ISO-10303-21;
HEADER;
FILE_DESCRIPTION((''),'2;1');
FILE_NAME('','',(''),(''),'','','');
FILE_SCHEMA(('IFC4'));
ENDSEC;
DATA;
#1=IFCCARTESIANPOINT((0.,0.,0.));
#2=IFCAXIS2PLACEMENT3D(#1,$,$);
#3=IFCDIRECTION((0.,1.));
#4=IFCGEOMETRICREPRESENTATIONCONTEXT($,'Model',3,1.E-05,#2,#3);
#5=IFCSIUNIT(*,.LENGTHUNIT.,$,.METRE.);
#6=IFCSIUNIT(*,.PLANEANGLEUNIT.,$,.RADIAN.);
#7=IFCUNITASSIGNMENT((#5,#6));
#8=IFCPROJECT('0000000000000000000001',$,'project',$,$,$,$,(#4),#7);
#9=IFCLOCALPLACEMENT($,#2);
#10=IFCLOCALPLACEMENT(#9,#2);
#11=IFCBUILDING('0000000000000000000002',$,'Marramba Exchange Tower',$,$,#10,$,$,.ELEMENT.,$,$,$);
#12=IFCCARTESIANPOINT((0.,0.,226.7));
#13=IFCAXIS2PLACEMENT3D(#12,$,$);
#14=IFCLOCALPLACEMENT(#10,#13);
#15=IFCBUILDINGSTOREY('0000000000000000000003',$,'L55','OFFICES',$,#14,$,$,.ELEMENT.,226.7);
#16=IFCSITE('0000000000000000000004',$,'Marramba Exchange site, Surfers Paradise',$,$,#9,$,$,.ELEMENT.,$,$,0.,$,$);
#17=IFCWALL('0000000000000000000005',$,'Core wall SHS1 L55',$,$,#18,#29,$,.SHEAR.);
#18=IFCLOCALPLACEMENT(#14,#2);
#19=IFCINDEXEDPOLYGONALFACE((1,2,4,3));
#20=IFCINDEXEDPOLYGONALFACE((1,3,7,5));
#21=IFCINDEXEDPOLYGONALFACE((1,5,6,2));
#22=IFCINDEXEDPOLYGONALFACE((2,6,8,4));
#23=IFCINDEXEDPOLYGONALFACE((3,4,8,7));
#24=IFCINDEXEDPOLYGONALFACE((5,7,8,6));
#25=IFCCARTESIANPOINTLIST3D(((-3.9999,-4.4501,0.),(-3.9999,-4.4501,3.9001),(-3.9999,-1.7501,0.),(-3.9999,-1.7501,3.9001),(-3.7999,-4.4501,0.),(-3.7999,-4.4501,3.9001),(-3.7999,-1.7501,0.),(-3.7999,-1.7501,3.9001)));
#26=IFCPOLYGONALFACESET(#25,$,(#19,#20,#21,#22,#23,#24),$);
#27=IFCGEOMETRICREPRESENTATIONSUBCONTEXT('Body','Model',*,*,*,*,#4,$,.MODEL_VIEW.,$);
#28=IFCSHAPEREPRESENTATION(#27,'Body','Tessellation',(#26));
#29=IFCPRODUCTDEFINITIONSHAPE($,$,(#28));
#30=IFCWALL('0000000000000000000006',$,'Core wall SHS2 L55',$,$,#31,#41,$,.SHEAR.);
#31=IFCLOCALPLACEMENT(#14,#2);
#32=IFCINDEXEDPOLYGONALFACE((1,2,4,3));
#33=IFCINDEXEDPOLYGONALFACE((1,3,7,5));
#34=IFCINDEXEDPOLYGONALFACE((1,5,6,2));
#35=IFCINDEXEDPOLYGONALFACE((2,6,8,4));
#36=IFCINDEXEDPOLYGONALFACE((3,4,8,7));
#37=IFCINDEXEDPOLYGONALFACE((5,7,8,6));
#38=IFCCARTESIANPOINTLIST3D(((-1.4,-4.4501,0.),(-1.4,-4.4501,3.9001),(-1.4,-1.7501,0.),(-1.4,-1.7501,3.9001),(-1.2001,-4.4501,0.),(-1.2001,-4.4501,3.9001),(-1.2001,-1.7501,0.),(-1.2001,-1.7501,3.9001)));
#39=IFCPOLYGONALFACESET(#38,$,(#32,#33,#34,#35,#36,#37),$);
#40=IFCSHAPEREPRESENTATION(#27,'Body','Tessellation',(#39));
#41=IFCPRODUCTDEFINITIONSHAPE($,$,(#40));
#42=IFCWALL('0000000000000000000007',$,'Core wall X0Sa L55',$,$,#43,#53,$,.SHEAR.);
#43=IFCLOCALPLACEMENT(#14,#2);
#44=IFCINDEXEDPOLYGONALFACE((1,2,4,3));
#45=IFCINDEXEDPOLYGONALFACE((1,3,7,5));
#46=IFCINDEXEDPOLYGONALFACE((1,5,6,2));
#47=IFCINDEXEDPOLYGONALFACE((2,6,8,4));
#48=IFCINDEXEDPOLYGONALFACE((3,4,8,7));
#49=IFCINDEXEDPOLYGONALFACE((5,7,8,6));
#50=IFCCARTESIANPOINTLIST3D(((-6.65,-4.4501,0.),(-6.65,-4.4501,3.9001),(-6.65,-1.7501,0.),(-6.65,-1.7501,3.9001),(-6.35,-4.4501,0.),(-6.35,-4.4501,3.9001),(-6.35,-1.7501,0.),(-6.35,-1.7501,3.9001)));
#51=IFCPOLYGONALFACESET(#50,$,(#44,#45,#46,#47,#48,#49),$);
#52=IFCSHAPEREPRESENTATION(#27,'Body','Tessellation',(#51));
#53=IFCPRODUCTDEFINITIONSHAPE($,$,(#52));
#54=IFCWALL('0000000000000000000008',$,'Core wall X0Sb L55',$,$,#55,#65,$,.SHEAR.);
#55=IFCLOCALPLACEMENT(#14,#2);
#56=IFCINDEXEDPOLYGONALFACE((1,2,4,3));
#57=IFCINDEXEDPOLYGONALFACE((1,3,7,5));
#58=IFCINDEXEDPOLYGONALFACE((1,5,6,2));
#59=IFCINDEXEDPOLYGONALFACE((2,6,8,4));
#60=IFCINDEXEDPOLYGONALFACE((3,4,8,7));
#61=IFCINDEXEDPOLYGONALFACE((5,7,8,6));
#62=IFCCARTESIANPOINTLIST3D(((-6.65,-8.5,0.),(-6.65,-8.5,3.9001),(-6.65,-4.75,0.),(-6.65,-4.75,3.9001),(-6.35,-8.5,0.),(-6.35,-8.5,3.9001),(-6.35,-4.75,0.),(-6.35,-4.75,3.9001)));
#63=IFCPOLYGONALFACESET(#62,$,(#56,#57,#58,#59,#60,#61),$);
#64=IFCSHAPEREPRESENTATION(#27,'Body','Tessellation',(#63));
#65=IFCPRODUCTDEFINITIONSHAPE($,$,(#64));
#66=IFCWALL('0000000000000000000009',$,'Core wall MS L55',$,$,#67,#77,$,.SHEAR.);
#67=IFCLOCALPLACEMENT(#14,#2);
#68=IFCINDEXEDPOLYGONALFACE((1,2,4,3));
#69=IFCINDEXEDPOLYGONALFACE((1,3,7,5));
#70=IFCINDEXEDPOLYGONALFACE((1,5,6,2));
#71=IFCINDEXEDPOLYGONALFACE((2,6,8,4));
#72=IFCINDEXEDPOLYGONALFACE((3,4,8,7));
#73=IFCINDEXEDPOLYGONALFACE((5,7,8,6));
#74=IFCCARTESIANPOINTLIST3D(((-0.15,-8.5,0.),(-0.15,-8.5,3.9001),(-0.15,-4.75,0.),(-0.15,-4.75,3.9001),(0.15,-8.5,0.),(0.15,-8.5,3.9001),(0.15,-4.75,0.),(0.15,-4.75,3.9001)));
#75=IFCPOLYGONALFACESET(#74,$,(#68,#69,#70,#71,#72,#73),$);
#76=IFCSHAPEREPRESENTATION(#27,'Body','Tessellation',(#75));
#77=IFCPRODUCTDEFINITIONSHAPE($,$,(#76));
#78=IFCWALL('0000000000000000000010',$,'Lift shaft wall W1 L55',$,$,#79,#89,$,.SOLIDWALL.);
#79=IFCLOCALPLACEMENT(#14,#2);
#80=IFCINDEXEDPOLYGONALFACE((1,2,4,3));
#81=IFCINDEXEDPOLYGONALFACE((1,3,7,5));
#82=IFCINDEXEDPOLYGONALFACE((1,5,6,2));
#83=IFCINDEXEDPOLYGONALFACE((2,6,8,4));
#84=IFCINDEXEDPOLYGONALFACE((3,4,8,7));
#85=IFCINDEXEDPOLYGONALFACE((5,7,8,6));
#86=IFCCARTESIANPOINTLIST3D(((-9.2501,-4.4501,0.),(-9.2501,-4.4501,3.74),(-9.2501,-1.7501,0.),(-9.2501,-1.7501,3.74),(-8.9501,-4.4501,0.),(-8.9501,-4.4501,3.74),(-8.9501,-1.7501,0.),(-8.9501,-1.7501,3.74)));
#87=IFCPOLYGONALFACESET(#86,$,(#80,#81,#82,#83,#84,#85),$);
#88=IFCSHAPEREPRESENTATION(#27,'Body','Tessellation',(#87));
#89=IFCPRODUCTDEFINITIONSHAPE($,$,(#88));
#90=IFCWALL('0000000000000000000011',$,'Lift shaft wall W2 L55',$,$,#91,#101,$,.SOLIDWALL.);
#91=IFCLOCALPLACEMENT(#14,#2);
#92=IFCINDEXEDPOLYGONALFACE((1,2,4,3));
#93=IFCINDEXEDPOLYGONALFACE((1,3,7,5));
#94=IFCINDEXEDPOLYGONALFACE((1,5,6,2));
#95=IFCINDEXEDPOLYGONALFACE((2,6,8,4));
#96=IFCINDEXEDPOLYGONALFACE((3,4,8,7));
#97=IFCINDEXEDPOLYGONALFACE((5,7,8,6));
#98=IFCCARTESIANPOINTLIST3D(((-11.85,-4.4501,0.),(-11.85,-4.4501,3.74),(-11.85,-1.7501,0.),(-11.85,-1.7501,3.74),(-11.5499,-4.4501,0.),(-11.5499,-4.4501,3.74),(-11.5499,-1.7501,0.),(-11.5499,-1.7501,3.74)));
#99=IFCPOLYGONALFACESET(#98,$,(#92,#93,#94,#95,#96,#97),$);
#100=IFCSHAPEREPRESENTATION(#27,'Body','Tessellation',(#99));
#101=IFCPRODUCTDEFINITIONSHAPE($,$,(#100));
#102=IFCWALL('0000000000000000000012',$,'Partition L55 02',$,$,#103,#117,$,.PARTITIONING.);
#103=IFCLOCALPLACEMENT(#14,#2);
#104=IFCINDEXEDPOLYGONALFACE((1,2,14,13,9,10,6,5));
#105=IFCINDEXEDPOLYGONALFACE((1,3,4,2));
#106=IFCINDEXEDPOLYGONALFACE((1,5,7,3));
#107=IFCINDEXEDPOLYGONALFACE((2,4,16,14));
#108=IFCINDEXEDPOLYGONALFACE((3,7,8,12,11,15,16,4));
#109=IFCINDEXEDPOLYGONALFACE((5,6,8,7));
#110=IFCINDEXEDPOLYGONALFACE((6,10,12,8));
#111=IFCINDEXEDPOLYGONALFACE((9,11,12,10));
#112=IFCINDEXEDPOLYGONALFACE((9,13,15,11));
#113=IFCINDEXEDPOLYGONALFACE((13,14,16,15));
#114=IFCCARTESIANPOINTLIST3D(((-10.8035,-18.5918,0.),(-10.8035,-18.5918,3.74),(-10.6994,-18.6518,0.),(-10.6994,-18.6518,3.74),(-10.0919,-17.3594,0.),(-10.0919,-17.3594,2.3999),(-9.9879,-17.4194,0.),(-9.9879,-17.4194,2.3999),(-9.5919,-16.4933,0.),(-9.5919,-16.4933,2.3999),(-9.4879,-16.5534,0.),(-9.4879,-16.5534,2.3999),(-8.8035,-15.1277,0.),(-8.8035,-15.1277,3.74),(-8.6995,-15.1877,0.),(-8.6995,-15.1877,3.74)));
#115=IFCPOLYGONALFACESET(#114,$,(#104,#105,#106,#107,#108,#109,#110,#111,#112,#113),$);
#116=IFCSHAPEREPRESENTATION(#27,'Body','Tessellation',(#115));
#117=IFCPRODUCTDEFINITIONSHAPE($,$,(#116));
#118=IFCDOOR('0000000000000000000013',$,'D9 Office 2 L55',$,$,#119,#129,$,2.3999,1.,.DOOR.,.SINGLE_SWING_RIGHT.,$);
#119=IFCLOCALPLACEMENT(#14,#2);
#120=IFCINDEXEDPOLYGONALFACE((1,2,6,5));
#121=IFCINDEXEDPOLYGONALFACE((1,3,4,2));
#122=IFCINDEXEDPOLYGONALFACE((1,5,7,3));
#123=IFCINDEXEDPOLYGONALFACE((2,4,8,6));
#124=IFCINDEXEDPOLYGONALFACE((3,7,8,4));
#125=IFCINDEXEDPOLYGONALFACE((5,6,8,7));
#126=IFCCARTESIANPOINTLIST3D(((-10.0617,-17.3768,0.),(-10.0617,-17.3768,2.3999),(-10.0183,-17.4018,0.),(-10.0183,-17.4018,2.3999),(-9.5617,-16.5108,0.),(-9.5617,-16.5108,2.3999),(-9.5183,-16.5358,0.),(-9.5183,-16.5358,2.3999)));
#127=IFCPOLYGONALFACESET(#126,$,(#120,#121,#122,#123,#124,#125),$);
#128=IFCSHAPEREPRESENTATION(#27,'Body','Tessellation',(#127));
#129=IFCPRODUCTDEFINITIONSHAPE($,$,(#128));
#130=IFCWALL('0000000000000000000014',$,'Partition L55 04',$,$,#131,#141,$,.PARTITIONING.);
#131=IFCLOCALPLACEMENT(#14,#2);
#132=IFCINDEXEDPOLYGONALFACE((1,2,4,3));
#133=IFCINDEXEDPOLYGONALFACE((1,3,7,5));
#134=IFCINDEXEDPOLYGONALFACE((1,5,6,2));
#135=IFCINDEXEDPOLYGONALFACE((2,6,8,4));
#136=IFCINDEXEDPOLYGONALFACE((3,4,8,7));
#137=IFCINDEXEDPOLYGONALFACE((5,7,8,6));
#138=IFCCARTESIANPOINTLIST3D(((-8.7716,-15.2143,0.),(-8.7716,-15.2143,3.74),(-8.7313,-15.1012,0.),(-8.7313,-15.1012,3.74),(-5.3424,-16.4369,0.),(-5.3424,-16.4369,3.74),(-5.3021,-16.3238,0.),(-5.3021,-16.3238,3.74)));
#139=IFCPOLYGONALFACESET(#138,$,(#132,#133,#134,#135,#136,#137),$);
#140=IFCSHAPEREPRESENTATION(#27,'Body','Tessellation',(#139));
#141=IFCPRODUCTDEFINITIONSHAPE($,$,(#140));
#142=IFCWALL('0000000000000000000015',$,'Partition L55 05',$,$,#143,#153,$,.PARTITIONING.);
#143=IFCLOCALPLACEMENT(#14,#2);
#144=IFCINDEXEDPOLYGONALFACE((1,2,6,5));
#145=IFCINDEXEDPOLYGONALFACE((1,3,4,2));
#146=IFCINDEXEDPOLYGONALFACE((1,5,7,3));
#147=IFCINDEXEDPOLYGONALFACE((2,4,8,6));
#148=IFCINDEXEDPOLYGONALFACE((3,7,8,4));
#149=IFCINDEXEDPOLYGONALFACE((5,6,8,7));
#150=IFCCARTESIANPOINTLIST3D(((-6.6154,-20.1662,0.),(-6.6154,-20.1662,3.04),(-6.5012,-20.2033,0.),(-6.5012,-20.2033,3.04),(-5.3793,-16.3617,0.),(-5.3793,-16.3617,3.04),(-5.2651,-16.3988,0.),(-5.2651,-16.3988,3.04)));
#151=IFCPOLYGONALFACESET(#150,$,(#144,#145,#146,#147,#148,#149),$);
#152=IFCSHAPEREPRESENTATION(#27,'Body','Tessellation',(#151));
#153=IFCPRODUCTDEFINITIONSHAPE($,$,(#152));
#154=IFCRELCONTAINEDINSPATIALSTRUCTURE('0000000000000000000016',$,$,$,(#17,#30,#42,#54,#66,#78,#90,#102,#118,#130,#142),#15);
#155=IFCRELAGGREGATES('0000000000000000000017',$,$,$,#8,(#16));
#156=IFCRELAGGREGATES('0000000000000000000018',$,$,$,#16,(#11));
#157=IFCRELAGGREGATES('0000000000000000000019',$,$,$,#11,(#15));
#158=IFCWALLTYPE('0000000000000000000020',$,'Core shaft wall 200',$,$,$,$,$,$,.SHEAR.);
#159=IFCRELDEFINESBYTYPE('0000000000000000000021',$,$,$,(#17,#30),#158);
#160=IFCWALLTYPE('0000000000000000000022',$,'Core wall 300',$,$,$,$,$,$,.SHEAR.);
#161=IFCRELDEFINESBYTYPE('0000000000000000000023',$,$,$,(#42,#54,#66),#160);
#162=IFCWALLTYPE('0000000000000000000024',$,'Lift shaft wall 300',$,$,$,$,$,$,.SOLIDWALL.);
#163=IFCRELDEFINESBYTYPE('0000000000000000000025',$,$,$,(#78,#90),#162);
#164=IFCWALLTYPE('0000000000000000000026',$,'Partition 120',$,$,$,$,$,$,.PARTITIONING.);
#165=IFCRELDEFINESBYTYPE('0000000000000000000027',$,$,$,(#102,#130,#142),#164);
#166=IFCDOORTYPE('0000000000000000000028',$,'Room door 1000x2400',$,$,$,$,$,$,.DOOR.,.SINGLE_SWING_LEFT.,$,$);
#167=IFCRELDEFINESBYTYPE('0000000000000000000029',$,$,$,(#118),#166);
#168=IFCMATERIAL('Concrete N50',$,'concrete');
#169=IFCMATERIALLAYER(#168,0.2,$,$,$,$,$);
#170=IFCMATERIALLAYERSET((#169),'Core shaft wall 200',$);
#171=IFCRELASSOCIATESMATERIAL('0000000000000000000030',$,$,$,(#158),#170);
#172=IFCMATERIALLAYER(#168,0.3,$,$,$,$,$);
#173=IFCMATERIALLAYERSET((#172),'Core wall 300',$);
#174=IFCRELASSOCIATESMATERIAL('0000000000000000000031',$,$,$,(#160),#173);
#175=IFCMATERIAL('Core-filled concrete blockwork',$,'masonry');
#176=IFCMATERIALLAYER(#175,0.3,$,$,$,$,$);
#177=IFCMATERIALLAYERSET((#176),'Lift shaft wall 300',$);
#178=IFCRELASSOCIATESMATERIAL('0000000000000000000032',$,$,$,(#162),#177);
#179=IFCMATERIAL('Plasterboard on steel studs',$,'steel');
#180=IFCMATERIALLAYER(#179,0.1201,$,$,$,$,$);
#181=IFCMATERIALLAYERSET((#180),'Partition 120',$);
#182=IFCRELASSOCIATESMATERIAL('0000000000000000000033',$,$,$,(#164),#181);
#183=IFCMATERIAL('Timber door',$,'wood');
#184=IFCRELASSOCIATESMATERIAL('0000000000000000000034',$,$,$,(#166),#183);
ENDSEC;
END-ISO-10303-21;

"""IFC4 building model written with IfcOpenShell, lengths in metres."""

from ifc_helpers import new_model, si_unit, direction, frame, frame_2d, origin, place, context, subcontext, project, spatial, rectangle, extrude, material, layer, layer_set, type_object, element, fill, save


model = new_model("IFC4")

# Units and contexts
model_context = context("Model", 3, precision=1e-05, world=origin(), true_north=direction((0.0, 1.0)))
body_context = subcontext(model_context, "Body", "Model", "MODEL_VIEW")
ifc_project = project(units=[si_unit("LENGTHUNIT", "METRE"), si_unit("PLANEANGLEUNIT", "RADIAN")], contexts=[model_context])

# Site, building, storey
site_placement = place(None, origin())
site = spatial("IfcSite", under=ifc_project, at=site_placement, Name="Marramba Exchange site, Surfers Paradise", CompositionType="ELEMENT", RefElevation=0.0)
building_placement = place(site_placement, origin())
building = spatial("IfcBuilding", under=site, at=building_placement, Name="Marramba Exchange Tower", CompositionType="ELEMENT")
storey_placement = place(building_placement, frame((0.0, 0.0, 226.7)))
storey = spatial("IfcBuildingStorey", under=building, at=storey_placement, Name="L55", Description="OFFICES", CompositionType="ELEMENT", Elevation=226.7)

# Shared definitions
ifc_material_1 = material(Name="Concrete N50", Category="concrete")

# Shared definitions
ifc_material_2 = material(Name="Timber door", Category="wood")

# Walls
ifc_layer_1 = layer(ifc_material_1, 0.2)
ifc_layer_set_1 = layer_set([ifc_layer_1], Name="Core shaft wall 200")
wall_type_1 = type_object("IfcWallType", Name="Core shaft wall 200", PredefinedType="SHEAR", material=ifc_layer_set_1)
for number, where, z_axis, x_axis, name in (
    (1, (-3.8999, -1.75, 0.0), (0.0, 0.0, 1.0), (0.0, -1.0, 0.0), "Core wall SHS1 L55"),
    (2, (-1.3, -1.75, 0.0), (0.0, 0.0, 1.0), (0.0, -1.0, 0.0), "Core wall SHS2 L55"),
):
    element("IfcWall", number, at=place(storey_placement, frame(where, z_axis=z_axis, x_axis=x_axis)), inside=storey, type_object=wall_type_1, Name=name, PredefinedType="SHEAR", context=body_context, shape_type="SweptSolid", body=[
        extrude(rectangle(XDim=2.7, YDim=0.2, at=frame_2d((1.3501, 0.0))), origin(), (0.0, 0.0, 1.0), 3.9001),
    ])
ifc_layer_2 = layer(ifc_material_1, 0.3)
ifc_layer_set_2 = layer_set([ifc_layer_2], Name="Core wall 300")
wall_type_2 = type_object("IfcWallType", Name="Core wall 300", PredefinedType="SHEAR", material=ifc_layer_set_2)
wall_1_placement = place(storey_placement, frame((-6.5, -1.75, 0.0), z_axis=(0.0, 0.0, 1.0), x_axis=(0.0, -1.0, 0.0)))
element("IfcWall", 3, at=wall_1_placement, inside=storey, type_object=wall_type_2, Name="Core wall X0Sa L55", PredefinedType="SHEAR", context=body_context, shape_type="SweptSolid", body=[
    extrude(rectangle(XDim=2.7, YDim=0.3, at=frame_2d((1.3501, 0.0))), origin(), (0.0, 0.0, 1.0), 3.9001),
])
for number, where, z_axis, x_axis, name in (
    (4, (-6.5, -4.75, 0.0), (0.0, 0.0, 1.0), (0.0, -1.0, 0.0), "Core wall X0Sb L55"),
    (5, (0.0, -4.75, 0.0), (0.0, 0.0, 1.0), (0.0, -1.0, 0.0), "Core wall MS L55"),
):
    element("IfcWall", number, at=place(storey_placement, frame(where, z_axis=z_axis, x_axis=x_axis)), inside=storey, type_object=wall_type_2, Name=name, PredefinedType="SHEAR", context=body_context, shape_type="SweptSolid", body=[
        extrude(rectangle(XDim=3.75, YDim=0.3, at=frame_2d((1.875, 0.0))), origin(), (0.0, 0.0, 1.0), 3.9001),
    ])
ifc_material_3 = material(Name="Core-filled concrete blockwork", Category="masonry")
ifc_layer_3 = layer(ifc_material_3, 0.3)
ifc_layer_set_3 = layer_set([ifc_layer_3], Name="Lift shaft wall 300")
wall_type_3 = type_object("IfcWallType", Name="Lift shaft wall 300", PredefinedType="SOLIDWALL", material=ifc_layer_set_3)
for number, where, z_axis, x_axis, name in (
    (6, (-9.1001, -1.75, 0.0), (0.0, 0.0, 1.0), (0.0, -1.0, 0.0), "Lift shaft wall W1 L55"),
    (7, (-11.7, -1.75, 0.0), (0.0, 0.0, 1.0), (0.0, -1.0, 0.0), "Lift shaft wall W2 L55"),
):
    element("IfcWall", number, at=place(storey_placement, frame(where, z_axis=z_axis, x_axis=x_axis)), inside=storey, type_object=wall_type_3, Name=name, PredefinedType="SOLIDWALL", context=body_context, shape_type="SweptSolid", body=[
        extrude(rectangle(XDim=2.7, YDim=0.3, at=frame_2d((1.3501, 0.0))), origin(), (0.0, 0.0, 1.0), 3.74),
    ])

# Wall, opening, door
ifc_material_4 = material(Name="Plasterboard on steel studs", Category="steel")
ifc_layer_4 = layer(ifc_material_4, 0.1201)
ifc_layer_set_4 = layer_set([ifc_layer_4], Name="Partition 120")
wall_type_4 = type_object("IfcWallType", Name="Partition 120", PredefinedType="PARTITIONING", material=ifc_layer_set_4)
wall_2_placement = place(storey_placement, frame((-8.7515, -15.1577, 0.0), z_axis=(0.0, 0.0, 1.0), x_axis=(-0.499999, -0.866026, 0.0)))
wall_2 = element("IfcWall", 8, at=wall_2_placement, inside=storey, type_object=wall_type_4, Name="Partition L55 02", PredefinedType="PARTITIONING", context=body_context, shape_type="SweptSolid", body=[
    extrude(rectangle(XDim=4.0, YDim=0.1201, at=frame_2d((2.0, 0.0))), origin(), (0.0, 0.0, 1.0), 3.74),
])
opening_1_placement = place(wall_2_placement, frame((1.5769, 0.0, 0.0)))
opening_1 = element("IfcOpeningElement", 9, at=opening_1_placement, cuts=wall_2, PredefinedType="OPENING", context=body_context, shape_type="SweptSolid", body=[
    extrude(rectangle(XDim=1.0, YDim=2.3999, at=frame_2d((0.5, 1.2))), frame((0.0, 0.0701, 0.0), z_axis=(0.0, -1.0, 0.0), x_axis=(1.0, 0.0, 0.0)), (0.0, 0.0, 1.0), 0.1401),
])
door_type_1 = type_object("IfcDoorType", Name="Room door 1000x2400", OperationType="SINGLE_SWING_LEFT", PredefinedType="DOOR", material=ifc_material_2)
door_1_placement = place(opening_1_placement, origin())
door_1 = element("IfcDoor", 10, at=door_1_placement, inside=storey, type_object=door_type_1, Name="D9 Office 2 L55", OperationType="SINGLE_SWING_RIGHT", OverallHeight=2.3999, OverallWidth=1.0, PredefinedType="DOOR", context=body_context, shape_type="SweptSolid", body=[
    extrude(rectangle(XDim=1.0, YDim=2.3999, at=frame_2d((0.5, 1.2))), frame((0.0, 0.0249, 0.0), z_axis=(0.0, -1.0, 0.0), x_axis=(1.0, 0.0, 0.0)), (0.0, 0.0, 1.0), 0.05),
])
fill(opening_1, door_1)

# Walls
wall_3_placement = place(storey_placement, frame((-5.3223, -16.3804, 0.0), z_axis=(0.0, 0.0, 1.0), x_axis=(-0.941921, 0.335835, 0.0)))
element("IfcWall", 11, at=wall_3_placement, inside=storey, type_object=wall_type_4, Name="Partition L55 04", PredefinedType="PARTITIONING", context=body_context, shape_type="SweptSolid", body=[
    extrude(rectangle(XDim=3.6406, YDim=0.1201, at=frame_2d((1.8203, 0.0))), origin(), (0.0, 0.0, 1.0), 3.74),
])
wall_4_placement = place(storey_placement, frame((-5.3223, -16.3804, 0.0), z_axis=(0.0, 0.0, 1.0), x_axis=(-0.309005, -0.951061, 0.0)))
element("IfcWall", 12, at=wall_4_placement, inside=storey, type_object=wall_type_4, Name="Partition L55 05", PredefinedType="PARTITIONING", context=body_context, shape_type="SweptSolid", body=[
    extrude(rectangle(XDim=4.0002, YDim=0.1201, at=frame_2d((2.0, 0.0))), origin(), (0.0, 0.0, 1.0), 3.04),
])

save(model, "model.ifc")
